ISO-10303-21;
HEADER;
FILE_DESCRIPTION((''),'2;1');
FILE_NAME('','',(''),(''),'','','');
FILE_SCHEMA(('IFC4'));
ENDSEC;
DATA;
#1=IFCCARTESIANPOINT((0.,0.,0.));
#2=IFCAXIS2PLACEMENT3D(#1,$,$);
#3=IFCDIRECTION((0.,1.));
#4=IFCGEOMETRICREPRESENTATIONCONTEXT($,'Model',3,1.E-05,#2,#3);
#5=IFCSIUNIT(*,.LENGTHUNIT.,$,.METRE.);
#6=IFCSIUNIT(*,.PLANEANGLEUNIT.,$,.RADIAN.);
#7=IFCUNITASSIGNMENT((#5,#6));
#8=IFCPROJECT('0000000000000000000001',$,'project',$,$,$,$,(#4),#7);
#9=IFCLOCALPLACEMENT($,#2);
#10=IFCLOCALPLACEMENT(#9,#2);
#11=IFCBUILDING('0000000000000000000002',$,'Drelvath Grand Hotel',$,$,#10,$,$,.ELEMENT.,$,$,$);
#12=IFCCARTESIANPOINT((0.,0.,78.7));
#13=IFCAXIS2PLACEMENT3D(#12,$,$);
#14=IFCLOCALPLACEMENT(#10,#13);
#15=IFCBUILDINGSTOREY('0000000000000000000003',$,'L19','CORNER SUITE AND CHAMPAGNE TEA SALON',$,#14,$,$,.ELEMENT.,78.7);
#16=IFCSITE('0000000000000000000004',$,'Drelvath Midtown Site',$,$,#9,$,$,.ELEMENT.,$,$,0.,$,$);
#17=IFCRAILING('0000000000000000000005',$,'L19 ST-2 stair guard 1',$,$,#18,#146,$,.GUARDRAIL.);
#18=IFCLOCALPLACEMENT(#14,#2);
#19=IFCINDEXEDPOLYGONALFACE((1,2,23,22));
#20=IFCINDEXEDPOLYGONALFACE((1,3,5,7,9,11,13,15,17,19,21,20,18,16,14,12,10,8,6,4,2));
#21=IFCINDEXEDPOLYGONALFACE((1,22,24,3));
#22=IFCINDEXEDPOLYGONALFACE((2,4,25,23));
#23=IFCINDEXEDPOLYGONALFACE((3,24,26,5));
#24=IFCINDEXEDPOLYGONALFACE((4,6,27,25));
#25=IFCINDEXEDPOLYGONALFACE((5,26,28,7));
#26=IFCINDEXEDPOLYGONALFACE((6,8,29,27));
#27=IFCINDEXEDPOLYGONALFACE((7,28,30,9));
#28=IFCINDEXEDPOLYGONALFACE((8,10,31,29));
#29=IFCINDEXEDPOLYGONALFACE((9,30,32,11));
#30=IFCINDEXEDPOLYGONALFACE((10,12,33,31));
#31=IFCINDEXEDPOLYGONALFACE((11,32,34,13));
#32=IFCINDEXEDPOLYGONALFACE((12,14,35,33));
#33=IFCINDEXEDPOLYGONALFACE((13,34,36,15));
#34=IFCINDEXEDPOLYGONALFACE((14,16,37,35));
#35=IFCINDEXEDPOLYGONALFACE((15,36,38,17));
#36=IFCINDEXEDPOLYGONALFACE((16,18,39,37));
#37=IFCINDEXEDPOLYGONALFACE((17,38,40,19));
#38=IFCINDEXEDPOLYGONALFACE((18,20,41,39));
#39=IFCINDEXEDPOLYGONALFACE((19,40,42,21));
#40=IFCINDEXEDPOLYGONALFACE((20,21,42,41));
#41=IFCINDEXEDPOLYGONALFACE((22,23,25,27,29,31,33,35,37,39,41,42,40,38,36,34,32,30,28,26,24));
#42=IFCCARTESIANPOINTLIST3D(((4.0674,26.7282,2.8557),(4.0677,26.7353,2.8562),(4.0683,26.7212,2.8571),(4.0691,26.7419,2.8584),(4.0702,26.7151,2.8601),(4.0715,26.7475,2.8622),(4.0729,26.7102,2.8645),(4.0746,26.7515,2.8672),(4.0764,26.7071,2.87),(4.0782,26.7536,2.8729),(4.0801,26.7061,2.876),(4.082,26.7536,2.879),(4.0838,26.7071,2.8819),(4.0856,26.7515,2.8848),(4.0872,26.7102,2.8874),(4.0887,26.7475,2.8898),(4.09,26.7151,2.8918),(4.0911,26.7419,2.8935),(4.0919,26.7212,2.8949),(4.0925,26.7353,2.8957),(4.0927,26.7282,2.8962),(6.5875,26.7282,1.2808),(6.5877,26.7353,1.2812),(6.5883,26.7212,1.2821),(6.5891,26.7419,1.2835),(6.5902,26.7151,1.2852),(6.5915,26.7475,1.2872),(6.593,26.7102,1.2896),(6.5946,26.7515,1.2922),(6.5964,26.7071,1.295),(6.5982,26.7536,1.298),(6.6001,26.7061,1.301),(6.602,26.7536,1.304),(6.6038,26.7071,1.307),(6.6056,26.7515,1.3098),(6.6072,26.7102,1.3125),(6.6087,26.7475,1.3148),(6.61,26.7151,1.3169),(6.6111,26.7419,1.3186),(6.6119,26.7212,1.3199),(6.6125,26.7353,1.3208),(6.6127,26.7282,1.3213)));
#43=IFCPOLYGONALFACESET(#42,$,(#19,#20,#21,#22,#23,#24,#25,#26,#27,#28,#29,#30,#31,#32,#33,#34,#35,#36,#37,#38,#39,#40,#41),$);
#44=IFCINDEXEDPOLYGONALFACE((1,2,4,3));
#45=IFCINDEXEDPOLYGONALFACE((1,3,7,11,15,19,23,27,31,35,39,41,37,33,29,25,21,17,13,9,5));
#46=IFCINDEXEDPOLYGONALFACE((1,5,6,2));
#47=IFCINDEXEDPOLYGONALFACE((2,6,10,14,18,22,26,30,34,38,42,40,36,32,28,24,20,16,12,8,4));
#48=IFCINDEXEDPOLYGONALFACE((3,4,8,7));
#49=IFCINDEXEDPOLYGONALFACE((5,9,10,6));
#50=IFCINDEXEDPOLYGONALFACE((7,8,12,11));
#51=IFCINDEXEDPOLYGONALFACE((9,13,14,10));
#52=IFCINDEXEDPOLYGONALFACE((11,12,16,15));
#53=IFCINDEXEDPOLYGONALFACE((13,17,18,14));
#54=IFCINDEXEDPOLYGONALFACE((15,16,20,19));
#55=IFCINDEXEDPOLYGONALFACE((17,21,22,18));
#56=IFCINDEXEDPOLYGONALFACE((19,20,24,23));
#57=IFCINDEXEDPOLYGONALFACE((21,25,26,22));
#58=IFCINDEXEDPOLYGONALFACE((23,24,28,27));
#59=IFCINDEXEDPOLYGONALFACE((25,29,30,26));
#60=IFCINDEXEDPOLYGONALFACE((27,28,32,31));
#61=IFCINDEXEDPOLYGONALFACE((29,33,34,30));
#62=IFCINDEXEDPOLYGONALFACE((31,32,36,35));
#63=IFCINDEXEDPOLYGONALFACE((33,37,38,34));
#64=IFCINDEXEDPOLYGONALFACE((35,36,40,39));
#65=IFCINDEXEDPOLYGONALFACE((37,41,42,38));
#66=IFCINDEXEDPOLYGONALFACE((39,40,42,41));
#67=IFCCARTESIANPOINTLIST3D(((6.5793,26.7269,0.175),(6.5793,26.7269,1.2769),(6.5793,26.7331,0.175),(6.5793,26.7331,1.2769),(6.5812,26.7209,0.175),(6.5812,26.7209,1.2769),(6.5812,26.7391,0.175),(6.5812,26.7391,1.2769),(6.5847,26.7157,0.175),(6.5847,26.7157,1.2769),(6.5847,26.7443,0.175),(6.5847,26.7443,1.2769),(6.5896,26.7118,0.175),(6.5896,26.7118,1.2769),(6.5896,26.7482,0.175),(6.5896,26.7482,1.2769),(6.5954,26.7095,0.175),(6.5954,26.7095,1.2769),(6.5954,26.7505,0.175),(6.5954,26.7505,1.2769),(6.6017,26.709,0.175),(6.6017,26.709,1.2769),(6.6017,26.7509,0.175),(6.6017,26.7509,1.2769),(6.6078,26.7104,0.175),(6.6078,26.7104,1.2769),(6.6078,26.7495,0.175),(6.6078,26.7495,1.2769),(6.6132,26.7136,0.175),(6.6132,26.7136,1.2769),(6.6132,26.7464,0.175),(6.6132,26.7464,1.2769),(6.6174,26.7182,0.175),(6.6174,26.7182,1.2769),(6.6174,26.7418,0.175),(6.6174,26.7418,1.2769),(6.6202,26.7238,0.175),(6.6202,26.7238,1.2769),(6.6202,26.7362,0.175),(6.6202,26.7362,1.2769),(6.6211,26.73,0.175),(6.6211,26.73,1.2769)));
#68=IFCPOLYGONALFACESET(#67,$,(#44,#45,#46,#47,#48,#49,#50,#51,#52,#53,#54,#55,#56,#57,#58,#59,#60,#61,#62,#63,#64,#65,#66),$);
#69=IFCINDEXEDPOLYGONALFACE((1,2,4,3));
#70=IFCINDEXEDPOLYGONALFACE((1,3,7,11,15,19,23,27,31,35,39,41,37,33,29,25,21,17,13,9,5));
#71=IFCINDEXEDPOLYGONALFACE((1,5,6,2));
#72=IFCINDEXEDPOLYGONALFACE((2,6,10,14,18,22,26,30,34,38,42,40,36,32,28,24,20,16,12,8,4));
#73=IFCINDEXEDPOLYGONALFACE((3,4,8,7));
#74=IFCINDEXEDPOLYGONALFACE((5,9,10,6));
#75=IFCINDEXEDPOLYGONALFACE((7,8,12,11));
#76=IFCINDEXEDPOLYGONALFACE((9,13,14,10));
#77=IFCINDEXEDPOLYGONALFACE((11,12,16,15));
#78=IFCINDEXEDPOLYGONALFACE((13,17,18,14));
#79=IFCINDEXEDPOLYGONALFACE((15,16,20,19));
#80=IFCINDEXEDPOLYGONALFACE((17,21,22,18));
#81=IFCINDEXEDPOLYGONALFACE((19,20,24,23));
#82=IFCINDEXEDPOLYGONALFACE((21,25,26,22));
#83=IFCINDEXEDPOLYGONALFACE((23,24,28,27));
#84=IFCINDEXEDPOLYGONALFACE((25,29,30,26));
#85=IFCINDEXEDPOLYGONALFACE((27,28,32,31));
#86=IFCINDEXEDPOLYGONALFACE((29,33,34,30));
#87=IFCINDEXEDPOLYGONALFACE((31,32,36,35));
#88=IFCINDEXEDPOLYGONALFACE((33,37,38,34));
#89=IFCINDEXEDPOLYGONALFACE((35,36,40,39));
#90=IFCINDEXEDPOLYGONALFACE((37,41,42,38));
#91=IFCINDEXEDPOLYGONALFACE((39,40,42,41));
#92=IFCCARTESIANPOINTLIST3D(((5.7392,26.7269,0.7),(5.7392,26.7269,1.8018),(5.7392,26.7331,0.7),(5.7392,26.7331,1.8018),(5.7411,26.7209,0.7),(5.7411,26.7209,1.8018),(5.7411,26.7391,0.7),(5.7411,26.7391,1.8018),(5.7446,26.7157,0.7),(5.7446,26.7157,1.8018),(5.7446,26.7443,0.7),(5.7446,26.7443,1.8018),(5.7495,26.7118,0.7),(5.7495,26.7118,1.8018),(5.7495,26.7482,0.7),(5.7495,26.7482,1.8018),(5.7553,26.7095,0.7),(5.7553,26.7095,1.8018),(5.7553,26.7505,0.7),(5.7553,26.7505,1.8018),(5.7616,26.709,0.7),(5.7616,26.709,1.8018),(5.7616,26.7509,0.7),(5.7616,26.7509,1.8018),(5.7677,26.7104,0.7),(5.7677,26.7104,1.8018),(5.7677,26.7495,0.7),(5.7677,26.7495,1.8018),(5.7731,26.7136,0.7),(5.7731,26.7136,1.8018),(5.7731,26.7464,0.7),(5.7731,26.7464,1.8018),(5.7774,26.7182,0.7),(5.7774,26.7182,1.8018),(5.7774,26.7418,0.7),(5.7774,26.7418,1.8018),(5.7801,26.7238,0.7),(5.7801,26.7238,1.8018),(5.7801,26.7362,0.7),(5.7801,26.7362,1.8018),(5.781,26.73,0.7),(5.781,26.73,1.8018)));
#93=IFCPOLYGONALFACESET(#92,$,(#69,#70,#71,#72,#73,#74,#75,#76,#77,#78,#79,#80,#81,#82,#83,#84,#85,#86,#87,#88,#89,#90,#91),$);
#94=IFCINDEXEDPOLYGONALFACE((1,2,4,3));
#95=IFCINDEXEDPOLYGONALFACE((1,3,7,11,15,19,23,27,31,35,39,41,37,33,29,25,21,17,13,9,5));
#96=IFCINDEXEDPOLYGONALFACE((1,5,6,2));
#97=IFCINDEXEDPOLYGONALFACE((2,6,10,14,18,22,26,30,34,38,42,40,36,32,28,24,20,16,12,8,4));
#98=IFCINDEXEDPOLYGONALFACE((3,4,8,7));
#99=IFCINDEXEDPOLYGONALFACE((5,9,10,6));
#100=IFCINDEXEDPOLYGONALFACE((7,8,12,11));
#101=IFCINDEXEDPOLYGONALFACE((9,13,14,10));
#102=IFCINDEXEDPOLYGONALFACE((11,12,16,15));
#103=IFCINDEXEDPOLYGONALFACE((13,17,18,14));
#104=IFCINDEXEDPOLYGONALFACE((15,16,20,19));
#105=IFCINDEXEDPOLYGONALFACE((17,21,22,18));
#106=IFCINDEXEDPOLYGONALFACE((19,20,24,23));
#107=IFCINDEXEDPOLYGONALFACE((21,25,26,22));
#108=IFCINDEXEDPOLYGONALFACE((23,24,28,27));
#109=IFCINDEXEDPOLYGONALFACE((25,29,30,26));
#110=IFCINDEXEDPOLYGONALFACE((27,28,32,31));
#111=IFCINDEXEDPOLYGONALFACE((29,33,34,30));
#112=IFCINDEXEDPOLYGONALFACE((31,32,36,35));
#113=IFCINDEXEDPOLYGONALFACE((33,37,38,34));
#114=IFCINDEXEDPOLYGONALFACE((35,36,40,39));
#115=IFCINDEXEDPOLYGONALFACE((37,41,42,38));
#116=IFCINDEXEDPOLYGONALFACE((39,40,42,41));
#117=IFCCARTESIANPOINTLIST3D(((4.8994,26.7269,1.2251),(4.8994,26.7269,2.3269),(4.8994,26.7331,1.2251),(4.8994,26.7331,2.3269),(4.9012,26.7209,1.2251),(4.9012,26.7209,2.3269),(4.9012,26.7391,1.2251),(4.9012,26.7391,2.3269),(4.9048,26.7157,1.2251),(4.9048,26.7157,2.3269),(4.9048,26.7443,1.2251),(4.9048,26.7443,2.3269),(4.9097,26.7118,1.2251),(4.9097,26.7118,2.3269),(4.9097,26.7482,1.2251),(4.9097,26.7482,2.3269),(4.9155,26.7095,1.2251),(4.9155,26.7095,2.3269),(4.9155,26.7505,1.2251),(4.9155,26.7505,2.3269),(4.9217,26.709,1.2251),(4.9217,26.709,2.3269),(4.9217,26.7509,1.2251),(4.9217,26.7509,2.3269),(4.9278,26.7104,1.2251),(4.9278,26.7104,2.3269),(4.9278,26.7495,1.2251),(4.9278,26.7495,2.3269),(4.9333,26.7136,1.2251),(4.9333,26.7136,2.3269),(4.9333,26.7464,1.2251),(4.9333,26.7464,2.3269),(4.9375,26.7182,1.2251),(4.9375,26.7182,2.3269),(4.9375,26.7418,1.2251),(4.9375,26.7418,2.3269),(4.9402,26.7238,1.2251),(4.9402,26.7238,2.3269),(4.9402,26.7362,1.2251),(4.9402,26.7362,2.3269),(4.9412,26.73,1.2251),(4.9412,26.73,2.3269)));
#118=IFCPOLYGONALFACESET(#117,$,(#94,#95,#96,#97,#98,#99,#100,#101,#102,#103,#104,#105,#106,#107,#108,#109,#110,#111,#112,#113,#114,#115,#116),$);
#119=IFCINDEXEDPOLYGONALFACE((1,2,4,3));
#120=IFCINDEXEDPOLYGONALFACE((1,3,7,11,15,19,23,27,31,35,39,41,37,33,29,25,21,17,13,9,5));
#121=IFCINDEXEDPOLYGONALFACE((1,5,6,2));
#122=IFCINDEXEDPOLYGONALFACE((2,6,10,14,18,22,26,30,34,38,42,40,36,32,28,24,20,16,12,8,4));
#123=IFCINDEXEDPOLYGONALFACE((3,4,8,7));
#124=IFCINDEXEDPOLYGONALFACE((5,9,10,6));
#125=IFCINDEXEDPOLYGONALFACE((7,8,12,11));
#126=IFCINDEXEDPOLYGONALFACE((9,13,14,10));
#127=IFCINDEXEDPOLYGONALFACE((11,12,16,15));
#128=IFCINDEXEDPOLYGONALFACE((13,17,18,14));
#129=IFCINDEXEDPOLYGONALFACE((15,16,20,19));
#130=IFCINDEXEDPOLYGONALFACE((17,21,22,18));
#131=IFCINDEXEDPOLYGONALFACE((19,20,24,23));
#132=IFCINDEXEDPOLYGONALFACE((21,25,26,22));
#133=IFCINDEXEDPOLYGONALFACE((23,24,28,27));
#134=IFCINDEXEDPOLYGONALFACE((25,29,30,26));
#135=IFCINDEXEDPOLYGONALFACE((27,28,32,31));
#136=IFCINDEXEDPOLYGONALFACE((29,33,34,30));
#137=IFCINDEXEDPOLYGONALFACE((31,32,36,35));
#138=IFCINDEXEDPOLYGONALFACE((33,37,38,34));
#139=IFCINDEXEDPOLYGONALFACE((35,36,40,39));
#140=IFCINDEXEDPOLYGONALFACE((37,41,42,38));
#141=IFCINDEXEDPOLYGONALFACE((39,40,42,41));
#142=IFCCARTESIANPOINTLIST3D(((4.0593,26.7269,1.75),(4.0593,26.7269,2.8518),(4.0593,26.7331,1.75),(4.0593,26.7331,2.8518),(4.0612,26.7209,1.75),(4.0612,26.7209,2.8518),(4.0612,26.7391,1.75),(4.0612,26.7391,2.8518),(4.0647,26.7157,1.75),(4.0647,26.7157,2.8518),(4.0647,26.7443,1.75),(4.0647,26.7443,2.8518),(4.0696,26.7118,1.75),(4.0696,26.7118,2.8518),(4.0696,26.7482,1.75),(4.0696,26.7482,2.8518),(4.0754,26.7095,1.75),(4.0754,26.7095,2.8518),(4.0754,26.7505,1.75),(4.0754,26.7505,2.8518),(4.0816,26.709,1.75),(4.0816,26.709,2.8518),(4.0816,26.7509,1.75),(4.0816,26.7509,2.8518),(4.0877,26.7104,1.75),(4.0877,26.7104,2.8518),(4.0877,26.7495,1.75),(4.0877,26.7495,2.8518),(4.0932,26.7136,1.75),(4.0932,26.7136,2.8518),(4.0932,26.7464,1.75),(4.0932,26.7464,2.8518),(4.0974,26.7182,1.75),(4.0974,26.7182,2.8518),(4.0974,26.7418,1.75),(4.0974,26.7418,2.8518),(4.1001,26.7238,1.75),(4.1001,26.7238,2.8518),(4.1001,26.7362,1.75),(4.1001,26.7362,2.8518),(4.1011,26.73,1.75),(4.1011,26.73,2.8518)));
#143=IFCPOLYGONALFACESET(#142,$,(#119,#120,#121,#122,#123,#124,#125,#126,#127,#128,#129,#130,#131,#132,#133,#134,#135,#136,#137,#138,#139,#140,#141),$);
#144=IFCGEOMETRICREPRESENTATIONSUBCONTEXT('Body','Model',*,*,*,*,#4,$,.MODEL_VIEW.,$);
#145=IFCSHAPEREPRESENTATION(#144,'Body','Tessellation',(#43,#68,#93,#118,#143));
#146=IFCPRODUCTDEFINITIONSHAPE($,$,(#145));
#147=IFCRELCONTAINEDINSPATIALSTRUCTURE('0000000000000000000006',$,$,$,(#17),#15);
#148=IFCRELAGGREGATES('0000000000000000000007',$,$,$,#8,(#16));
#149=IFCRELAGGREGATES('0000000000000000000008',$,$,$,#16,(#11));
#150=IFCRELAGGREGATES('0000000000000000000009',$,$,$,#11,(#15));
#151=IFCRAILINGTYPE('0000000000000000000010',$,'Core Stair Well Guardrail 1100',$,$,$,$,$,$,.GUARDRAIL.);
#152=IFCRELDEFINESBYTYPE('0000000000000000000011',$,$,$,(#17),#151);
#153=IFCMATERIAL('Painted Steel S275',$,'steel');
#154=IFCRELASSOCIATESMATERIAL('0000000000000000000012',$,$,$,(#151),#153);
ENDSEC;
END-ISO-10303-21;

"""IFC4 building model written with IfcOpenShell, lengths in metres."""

from ifc_helpers import new_model, si_unit, direction, frame, origin, origin_2d, place, context, subcontext, project, spatial, circle, extrude, material, type_object, element, save


model = new_model("IFC4")

# Units and contexts
model_context = context("Model", 3, precision=1e-05, world=origin(), true_north=direction((0.0, 1.0)))
body_context = subcontext(model_context, "Body", "Model", "MODEL_VIEW")
ifc_project = project(units=[si_unit("LENGTHUNIT", "METRE"), si_unit("PLANEANGLEUNIT", "RADIAN")], contexts=[model_context])

# Site, building, storey
site_placement = place(None, origin())
site = spatial("IfcSite", under=ifc_project, at=site_placement, Name="Drelvath Midtown Site", CompositionType="ELEMENT", RefElevation=0.0)
building_placement = place(site_placement, origin())
building = spatial("IfcBuilding", under=site, at=building_placement, Name="Drelvath Grand Hotel", CompositionType="ELEMENT")
storey_placement = place(building_placement, frame((0.0, 0.0, 78.7)))
storey = spatial("IfcBuildingStorey", under=building, at=storey_placement, Name="L19", Description="CORNER SUITE AND CHAMPAGNE TEA SALON", CompositionType="ELEMENT", Elevation=78.7)

# Shared definitions
ifc_material_1 = material(Name="Painted Steel S275", Category="steel")

# Railing
railing_type_1 = type_object("IfcRailingType", Name="Core Stair Well Guardrail 1100", PredefinedType="GUARDRAIL", material=ifc_material_1)
railing_1_placement = place(storey_placement, frame((6.6001, 26.73, 0.175)))
element("IfcRailing", 1, at=railing_1_placement, inside=storey, type_object=railing_type_1, Name="L19 ST-2 stair guard 1", PredefinedType="GUARDRAIL", context=body_context, shape_type="SweptSolid", body=[
    extrude(circle(Radius=0.0239, at=origin_2d()), frame((0.0, 0.0, 1.126), z_axis=(-0.848008, 0.0, 0.529984), x_axis=(0.0, -1.0, 0.0)), (0.0, 0.0, 1.0), 2.9717),
    extrude(circle(Radius=0.021, at=origin_2d()), origin(), (0.0, 0.0, 1.0), 1.1018),
    extrude(circle(Radius=0.021, at=origin_2d()), frame((-0.8401, 0.0, 0.5249)), (0.0, 0.0, 1.0), 1.1018),
    extrude(circle(Radius=0.021, at=origin_2d()), frame((-1.6799, 0.0, 1.05)), (0.0, 0.0, 1.0), 1.1018),
    extrude(circle(Radius=0.021, at=origin_2d()), frame((-2.52, 0.0, 1.575)), (0.0, 0.0, 1.0), 1.1018),
])

save(model, "model.ifc")
